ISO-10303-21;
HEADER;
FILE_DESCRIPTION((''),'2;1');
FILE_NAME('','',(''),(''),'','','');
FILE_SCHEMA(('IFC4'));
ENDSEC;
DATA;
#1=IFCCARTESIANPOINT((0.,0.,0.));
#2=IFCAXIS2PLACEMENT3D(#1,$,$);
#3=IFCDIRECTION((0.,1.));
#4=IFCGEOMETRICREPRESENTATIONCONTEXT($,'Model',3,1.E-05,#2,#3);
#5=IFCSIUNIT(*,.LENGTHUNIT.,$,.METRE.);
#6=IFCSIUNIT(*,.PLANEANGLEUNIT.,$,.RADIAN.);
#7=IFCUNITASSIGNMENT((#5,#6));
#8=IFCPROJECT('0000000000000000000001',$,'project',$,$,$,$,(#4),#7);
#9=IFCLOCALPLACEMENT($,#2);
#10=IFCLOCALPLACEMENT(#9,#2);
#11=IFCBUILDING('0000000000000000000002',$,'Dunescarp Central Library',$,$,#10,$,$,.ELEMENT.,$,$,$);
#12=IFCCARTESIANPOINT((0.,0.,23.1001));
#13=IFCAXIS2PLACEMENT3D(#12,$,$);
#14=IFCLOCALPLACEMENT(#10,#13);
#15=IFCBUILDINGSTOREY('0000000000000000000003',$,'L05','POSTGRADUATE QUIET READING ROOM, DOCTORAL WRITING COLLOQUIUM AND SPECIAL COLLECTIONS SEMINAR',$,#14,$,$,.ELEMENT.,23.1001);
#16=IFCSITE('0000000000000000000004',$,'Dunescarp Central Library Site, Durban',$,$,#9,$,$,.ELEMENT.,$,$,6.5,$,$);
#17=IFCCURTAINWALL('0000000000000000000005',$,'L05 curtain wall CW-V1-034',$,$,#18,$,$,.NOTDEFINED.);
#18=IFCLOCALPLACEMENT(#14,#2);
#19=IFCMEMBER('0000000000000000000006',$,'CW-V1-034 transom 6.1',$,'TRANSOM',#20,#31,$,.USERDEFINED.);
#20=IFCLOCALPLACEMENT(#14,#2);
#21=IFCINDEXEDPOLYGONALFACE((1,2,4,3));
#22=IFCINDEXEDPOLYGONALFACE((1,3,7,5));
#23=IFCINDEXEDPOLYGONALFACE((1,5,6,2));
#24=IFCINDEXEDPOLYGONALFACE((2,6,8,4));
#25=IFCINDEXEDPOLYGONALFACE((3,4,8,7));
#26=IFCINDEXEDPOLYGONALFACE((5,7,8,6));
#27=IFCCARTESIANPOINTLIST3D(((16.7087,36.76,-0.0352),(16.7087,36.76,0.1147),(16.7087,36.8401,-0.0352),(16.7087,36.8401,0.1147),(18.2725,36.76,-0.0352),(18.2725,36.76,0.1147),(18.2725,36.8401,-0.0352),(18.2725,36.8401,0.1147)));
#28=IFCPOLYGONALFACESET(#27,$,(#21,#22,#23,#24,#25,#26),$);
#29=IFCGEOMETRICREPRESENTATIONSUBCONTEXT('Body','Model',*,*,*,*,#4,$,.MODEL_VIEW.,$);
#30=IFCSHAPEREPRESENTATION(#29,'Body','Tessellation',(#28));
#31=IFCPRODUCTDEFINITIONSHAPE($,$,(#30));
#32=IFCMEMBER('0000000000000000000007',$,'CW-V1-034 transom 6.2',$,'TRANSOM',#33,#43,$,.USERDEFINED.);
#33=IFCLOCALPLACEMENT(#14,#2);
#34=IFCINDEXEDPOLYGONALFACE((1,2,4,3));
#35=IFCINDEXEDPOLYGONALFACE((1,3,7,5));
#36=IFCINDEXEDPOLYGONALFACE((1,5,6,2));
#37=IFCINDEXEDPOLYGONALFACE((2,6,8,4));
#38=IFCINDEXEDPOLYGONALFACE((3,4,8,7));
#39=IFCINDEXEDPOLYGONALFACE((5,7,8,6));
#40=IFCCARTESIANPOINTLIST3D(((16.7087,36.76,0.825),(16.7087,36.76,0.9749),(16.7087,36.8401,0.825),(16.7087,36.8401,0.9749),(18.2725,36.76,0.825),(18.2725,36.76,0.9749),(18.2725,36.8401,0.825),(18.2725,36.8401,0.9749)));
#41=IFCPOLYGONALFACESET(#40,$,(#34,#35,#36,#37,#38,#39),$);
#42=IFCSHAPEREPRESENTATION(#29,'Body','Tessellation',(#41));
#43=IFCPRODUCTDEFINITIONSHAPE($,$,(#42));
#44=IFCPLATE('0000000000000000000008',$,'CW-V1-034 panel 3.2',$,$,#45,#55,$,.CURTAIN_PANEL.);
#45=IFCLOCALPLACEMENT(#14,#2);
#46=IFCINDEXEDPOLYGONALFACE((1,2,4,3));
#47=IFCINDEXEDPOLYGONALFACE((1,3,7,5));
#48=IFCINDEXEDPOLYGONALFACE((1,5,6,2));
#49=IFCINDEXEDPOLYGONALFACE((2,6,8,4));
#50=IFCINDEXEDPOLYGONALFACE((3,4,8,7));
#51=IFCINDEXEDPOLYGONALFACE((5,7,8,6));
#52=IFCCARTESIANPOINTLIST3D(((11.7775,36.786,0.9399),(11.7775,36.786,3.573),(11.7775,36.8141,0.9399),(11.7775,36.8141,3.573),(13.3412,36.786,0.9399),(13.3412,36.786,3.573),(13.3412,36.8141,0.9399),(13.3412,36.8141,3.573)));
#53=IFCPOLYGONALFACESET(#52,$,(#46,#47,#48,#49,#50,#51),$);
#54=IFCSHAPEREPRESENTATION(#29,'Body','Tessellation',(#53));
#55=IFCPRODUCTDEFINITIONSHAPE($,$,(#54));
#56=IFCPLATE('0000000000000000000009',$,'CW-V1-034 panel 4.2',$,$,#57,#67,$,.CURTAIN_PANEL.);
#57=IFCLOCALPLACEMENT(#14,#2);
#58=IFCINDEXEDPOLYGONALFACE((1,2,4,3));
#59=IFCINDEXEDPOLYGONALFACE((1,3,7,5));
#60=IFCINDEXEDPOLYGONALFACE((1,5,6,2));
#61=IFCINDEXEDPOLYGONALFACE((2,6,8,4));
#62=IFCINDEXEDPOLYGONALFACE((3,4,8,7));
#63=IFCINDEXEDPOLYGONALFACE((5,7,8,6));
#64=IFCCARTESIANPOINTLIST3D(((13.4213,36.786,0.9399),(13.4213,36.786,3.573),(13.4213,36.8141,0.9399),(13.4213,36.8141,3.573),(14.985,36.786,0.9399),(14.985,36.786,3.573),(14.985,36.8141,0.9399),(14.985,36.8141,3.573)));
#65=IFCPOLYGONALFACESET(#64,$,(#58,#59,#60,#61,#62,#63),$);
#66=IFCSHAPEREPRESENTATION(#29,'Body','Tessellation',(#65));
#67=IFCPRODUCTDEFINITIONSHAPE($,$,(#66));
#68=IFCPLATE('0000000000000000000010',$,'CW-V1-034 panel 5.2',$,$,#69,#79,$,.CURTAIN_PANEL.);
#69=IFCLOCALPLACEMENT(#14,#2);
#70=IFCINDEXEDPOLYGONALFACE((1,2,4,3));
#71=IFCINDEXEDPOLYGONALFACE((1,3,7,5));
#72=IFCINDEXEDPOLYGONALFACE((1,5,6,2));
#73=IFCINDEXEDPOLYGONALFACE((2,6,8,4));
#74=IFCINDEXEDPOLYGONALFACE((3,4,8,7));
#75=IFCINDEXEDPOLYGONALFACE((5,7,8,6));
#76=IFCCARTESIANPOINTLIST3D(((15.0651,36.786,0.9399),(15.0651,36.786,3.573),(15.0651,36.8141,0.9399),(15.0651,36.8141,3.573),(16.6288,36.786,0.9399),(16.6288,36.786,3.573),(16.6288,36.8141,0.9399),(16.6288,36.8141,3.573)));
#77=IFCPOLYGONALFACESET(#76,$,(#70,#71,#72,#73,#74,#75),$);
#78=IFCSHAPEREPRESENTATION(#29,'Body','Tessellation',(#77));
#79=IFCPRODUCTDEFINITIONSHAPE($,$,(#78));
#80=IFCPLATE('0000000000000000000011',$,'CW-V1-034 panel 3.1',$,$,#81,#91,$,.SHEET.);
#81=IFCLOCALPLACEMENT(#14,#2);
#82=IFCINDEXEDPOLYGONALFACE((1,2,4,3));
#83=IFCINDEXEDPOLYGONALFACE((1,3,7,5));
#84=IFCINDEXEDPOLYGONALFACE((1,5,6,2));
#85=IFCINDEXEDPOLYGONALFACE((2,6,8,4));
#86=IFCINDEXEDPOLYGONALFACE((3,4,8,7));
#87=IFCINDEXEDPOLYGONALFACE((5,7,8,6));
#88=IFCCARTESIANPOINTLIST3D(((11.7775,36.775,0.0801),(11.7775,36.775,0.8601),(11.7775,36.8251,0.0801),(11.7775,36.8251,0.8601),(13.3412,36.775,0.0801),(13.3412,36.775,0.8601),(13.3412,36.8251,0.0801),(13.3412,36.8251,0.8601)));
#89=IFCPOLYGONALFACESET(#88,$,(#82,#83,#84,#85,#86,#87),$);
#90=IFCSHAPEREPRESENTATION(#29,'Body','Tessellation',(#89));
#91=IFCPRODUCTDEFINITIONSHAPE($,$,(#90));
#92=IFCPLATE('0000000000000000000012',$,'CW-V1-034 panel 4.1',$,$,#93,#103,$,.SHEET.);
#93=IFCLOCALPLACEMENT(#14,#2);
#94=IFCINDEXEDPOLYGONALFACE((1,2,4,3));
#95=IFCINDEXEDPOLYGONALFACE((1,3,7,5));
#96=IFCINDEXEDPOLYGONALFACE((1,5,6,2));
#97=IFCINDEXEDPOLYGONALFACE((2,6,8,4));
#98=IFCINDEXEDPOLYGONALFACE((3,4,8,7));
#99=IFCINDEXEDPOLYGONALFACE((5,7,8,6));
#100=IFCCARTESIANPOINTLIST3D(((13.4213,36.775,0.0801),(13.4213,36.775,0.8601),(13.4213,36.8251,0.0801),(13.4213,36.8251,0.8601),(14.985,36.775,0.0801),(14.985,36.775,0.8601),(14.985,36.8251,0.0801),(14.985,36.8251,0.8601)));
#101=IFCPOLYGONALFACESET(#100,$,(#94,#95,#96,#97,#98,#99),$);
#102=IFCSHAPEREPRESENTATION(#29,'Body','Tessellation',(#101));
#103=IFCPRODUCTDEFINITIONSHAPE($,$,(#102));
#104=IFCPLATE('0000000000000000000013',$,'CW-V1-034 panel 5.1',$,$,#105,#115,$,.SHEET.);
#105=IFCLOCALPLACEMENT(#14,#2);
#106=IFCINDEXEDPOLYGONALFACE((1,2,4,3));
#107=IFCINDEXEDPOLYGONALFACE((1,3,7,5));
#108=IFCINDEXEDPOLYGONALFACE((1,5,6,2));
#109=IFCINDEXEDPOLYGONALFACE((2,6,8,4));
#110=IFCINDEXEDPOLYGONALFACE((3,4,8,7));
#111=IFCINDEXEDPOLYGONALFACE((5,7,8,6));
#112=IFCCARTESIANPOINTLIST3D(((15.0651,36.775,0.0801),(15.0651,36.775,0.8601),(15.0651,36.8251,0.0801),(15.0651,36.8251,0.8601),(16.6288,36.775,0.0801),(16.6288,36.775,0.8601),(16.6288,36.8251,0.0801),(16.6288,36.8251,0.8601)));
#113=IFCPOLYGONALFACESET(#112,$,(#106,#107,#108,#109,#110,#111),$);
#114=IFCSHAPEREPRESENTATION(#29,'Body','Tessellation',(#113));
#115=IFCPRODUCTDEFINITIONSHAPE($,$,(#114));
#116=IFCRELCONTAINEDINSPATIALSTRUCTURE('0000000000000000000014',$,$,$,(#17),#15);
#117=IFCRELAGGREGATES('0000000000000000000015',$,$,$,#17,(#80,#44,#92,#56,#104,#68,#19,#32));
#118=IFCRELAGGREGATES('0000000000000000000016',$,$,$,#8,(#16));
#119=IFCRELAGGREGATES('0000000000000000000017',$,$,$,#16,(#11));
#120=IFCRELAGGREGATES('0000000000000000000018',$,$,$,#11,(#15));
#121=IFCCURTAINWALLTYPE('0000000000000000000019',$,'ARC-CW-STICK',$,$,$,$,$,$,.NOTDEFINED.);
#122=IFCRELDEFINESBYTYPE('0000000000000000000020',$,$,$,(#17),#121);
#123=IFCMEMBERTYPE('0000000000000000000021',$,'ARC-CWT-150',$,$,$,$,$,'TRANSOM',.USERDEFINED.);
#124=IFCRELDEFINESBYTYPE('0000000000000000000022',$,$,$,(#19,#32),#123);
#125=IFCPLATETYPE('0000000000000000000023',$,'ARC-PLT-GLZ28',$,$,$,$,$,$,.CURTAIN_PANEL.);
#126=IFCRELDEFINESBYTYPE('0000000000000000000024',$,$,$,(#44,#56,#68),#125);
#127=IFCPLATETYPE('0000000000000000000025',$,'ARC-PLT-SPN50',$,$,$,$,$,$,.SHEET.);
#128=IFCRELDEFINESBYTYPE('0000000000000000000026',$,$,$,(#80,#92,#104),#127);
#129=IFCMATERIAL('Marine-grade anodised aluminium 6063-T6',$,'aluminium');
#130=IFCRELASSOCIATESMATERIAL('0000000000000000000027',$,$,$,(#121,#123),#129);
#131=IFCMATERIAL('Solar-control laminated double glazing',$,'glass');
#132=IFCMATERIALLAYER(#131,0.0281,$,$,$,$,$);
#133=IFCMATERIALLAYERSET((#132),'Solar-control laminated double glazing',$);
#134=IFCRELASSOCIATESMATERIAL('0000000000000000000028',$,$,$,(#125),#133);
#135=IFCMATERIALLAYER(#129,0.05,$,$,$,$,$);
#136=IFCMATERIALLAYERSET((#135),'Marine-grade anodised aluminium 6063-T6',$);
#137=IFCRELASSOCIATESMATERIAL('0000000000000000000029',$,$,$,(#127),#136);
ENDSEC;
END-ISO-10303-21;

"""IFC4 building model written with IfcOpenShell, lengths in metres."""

from ifc_helpers import new_model, si_unit, direction, frame, origin, origin_2d, place, context, subcontext, project, spatial, rectangle, extrude, material, layer, layer_set, material_profile, profile_set, type_object, element, aggregate, save


model = new_model("IFC4")

# Units and contexts
model_context = context("Model", 3, precision=1e-05, world=origin(), true_north=direction((0.0, 1.0)))
body_context = subcontext(model_context, "Body", "Model", "MODEL_VIEW")
ifc_project = project(units=[si_unit("LENGTHUNIT", "METRE"), si_unit("PLANEANGLEUNIT", "RADIAN")], contexts=[model_context])

# Site, building, storey
site_placement = place(None, origin())
site = spatial("IfcSite", under=ifc_project, at=site_placement, Name="Dunescarp Central Library Site, Durban", CompositionType="ELEMENT", RefElevation=6.5)
building_placement = place(site_placement, origin())
building = spatial("IfcBuilding", under=site, at=building_placement, Name="Dunescarp Central Library", CompositionType="ELEMENT")
storey_placement = place(building_placement, frame((0.0, 0.0, 23.1001)))
storey = spatial("IfcBuildingStorey", under=building, at=storey_placement, Name="L05", Description="POSTGRADUATE QUIET READING ROOM, DOCTORAL WRITING COLLOQUIUM AND SPECIAL COLLECTIONS SEMINAR", CompositionType="ELEMENT", Elevation=23.1001)

# Curtain wall, members, plates
ifc_material_1 = material(Name="Marine-grade anodised aluminium 6063-T6", Category="aluminium")
curtain_wall_type = type_object("IfcCurtainWallType", Name="ARC-CW-STICK", PredefinedType="NOTDEFINED", material=ifc_material_1)
curtain_wall_placement = place(storey_placement, origin())
curtain_wall = element("IfcCurtainWall", 1, at=curtain_wall_placement, inside=storey, type_object=curtain_wall_type, Name="L05 curtain wall CW-V1-034", PredefinedType="NOTDEFINED")
ifc_material_profile_1 = material_profile(ifc_material_1, rectangle(XDim=0.0801, YDim=0.1499, at=origin_2d()), Name="AL 80x150")
ifc_profile_set_1 = profile_set([ifc_material_profile_1], Name="Marine-grade anodised aluminium 6063-T6")
member_type_1 = type_object("IfcMemberType", Name="ARC-CWT-150", ElementType="TRANSOM", PredefinedType="USERDEFINED", material=ifc_profile_set_1)
member_1_placement = place(storey_placement, frame((16.7087, 36.8, 0.0398), z_axis=(1.0, 0.0, 0.0), x_axis=(0.0, 1.0, 0.0)))
member_1 = element("IfcMember", 2, at=member_1_placement, type_object=member_type_1, Name="CW-V1-034 transom 6.1", ObjectType="TRANSOM", PredefinedType="USERDEFINED", context=body_context, shape_type="SweptSolid", body=[
    extrude(rectangle(XDim=0.0801, YDim=0.1499, at=origin_2d()), origin(), (0.0, 0.0, 1.0), 1.5637),
])
member_2_placement = place(storey_placement, frame((16.7087, 36.8, 0.8999), z_axis=(1.0, 0.0, 0.0), x_axis=(0.0, 1.0, 0.0)))
member_2 = element("IfcMember", 3, at=member_2_placement, type_object=member_type_1, Name="CW-V1-034 transom 6.2", ObjectType="TRANSOM", PredefinedType="USERDEFINED", context=body_context, shape_type="SweptSolid", body=[
    extrude(rectangle(XDim=0.0801, YDim=0.1499, at=origin_2d()), origin(), (0.0, 0.0, 1.0), 1.5637),
])
ifc_material_2 = material(Name="Solar-control laminated double glazing", Category="glass")
ifc_layer_1 = layer(ifc_material_2, 0.0281)
ifc_layer_set_1 = layer_set([ifc_layer_1], Name="Solar-control laminated double glazing")
plate_type_1 = type_object("IfcPlateType", Name="ARC-PLT-GLZ28", PredefinedType="CURTAIN_PANEL", material=ifc_layer_set_1)
plate_1_placement = place(storey_placement, frame((12.5593, 36.8, 0.9399), z_axis=(0.0, 0.0, 1.0), x_axis=(1.0, 0.0, 0.0)))
plate_1 = element("IfcPlate", 4, at=plate_1_placement, type_object=plate_type_1, Name="CW-V1-034 panel 3.2", PredefinedType="CURTAIN_PANEL", context=body_context, shape_type="SweptSolid", body=[
    extrude(rectangle(XDim=1.5637, YDim=0.0281, at=origin_2d()), origin(), (0.0, 0.0, 1.0), 2.6331),
])
plate_2_placement = place(storey_placement, frame((14.2031, 36.8, 0.9399), z_axis=(0.0, 0.0, 1.0), x_axis=(1.0, 0.0, 0.0)))
plate_2 = element("IfcPlate", 5, at=plate_2_placement, type_object=plate_type_1, Name="CW-V1-034 panel 4.2", PredefinedType="CURTAIN_PANEL", context=body_context, shape_type="SweptSolid", body=[
    extrude(rectangle(XDim=1.5637, YDim=0.0281, at=origin_2d()), origin(), (0.0, 0.0, 1.0), 2.6331),
])
plate_3_placement = place(storey_placement, frame((15.8469, 36.8, 0.9399), z_axis=(0.0, 0.0, 1.0), x_axis=(1.0, 0.0, 0.0)))
plate_3 = element("IfcPlate", 6, at=plate_3_placement, type_object=plate_type_1, Name="CW-V1-034 panel 5.2", PredefinedType="CURTAIN_PANEL", context=body_context, shape_type="SweptSolid", body=[
    extrude(rectangle(XDim=1.5637, YDim=0.0281, at=origin_2d()), origin(), (0.0, 0.0, 1.0), 2.6331),
])
ifc_layer_2 = layer(ifc_material_1, 0.05)
ifc_layer_set_2 = layer_set([ifc_layer_2], Name="Marine-grade anodised aluminium 6063-T6")
plate_type_2 = type_object("IfcPlateType", Name="ARC-PLT-SPN50", PredefinedType="SHEET", material=ifc_layer_set_2)
plate_4_placement = place(storey_placement, frame((12.5593, 36.8, 0.0801), z_axis=(0.0, 0.0, 1.0), x_axis=(1.0, 0.0, 0.0)))
plate_4 = element("IfcPlate", 7, at=plate_4_placement, type_object=plate_type_2, Name="CW-V1-034 panel 3.1", PredefinedType="SHEET", context=body_context, shape_type="SweptSolid", body=[
    extrude(rectangle(XDim=1.5637, YDim=0.05, at=origin_2d()), origin(), (0.0, 0.0, 1.0), 0.78),
])
plate_5_placement = place(storey_placement, frame((14.2031, 36.8, 0.0801), z_axis=(0.0, 0.0, 1.0), x_axis=(1.0, 0.0, 0.0)))
plate_5 = element("IfcPlate", 8, at=plate_5_placement, type_object=plate_type_2, Name="CW-V1-034 panel 4.1", PredefinedType="SHEET", context=body_context, shape_type="SweptSolid", body=[
    extrude(rectangle(XDim=1.5637, YDim=0.05, at=origin_2d()), origin(), (0.0, 0.0, 1.0), 0.78),
])
plate_6_placement = place(storey_placement, frame((15.8469, 36.8, 0.0801), z_axis=(0.0, 0.0, 1.0), x_axis=(1.0, 0.0, 0.0)))
plate_6 = element("IfcPlate", 9, at=plate_6_placement, type_object=plate_type_2, Name="CW-V1-034 panel 5.1", PredefinedType="SHEET", context=body_context, shape_type="SweptSolid", body=[
    extrude(rectangle(XDim=1.5637, YDim=0.05, at=origin_2d()), origin(), (0.0, 0.0, 1.0), 0.78),
])
aggregate(curtain_wall, [plate_4, plate_1, plate_5, plate_2, plate_6, plate_3, member_1, member_2])

save(model, "model.ifc")
